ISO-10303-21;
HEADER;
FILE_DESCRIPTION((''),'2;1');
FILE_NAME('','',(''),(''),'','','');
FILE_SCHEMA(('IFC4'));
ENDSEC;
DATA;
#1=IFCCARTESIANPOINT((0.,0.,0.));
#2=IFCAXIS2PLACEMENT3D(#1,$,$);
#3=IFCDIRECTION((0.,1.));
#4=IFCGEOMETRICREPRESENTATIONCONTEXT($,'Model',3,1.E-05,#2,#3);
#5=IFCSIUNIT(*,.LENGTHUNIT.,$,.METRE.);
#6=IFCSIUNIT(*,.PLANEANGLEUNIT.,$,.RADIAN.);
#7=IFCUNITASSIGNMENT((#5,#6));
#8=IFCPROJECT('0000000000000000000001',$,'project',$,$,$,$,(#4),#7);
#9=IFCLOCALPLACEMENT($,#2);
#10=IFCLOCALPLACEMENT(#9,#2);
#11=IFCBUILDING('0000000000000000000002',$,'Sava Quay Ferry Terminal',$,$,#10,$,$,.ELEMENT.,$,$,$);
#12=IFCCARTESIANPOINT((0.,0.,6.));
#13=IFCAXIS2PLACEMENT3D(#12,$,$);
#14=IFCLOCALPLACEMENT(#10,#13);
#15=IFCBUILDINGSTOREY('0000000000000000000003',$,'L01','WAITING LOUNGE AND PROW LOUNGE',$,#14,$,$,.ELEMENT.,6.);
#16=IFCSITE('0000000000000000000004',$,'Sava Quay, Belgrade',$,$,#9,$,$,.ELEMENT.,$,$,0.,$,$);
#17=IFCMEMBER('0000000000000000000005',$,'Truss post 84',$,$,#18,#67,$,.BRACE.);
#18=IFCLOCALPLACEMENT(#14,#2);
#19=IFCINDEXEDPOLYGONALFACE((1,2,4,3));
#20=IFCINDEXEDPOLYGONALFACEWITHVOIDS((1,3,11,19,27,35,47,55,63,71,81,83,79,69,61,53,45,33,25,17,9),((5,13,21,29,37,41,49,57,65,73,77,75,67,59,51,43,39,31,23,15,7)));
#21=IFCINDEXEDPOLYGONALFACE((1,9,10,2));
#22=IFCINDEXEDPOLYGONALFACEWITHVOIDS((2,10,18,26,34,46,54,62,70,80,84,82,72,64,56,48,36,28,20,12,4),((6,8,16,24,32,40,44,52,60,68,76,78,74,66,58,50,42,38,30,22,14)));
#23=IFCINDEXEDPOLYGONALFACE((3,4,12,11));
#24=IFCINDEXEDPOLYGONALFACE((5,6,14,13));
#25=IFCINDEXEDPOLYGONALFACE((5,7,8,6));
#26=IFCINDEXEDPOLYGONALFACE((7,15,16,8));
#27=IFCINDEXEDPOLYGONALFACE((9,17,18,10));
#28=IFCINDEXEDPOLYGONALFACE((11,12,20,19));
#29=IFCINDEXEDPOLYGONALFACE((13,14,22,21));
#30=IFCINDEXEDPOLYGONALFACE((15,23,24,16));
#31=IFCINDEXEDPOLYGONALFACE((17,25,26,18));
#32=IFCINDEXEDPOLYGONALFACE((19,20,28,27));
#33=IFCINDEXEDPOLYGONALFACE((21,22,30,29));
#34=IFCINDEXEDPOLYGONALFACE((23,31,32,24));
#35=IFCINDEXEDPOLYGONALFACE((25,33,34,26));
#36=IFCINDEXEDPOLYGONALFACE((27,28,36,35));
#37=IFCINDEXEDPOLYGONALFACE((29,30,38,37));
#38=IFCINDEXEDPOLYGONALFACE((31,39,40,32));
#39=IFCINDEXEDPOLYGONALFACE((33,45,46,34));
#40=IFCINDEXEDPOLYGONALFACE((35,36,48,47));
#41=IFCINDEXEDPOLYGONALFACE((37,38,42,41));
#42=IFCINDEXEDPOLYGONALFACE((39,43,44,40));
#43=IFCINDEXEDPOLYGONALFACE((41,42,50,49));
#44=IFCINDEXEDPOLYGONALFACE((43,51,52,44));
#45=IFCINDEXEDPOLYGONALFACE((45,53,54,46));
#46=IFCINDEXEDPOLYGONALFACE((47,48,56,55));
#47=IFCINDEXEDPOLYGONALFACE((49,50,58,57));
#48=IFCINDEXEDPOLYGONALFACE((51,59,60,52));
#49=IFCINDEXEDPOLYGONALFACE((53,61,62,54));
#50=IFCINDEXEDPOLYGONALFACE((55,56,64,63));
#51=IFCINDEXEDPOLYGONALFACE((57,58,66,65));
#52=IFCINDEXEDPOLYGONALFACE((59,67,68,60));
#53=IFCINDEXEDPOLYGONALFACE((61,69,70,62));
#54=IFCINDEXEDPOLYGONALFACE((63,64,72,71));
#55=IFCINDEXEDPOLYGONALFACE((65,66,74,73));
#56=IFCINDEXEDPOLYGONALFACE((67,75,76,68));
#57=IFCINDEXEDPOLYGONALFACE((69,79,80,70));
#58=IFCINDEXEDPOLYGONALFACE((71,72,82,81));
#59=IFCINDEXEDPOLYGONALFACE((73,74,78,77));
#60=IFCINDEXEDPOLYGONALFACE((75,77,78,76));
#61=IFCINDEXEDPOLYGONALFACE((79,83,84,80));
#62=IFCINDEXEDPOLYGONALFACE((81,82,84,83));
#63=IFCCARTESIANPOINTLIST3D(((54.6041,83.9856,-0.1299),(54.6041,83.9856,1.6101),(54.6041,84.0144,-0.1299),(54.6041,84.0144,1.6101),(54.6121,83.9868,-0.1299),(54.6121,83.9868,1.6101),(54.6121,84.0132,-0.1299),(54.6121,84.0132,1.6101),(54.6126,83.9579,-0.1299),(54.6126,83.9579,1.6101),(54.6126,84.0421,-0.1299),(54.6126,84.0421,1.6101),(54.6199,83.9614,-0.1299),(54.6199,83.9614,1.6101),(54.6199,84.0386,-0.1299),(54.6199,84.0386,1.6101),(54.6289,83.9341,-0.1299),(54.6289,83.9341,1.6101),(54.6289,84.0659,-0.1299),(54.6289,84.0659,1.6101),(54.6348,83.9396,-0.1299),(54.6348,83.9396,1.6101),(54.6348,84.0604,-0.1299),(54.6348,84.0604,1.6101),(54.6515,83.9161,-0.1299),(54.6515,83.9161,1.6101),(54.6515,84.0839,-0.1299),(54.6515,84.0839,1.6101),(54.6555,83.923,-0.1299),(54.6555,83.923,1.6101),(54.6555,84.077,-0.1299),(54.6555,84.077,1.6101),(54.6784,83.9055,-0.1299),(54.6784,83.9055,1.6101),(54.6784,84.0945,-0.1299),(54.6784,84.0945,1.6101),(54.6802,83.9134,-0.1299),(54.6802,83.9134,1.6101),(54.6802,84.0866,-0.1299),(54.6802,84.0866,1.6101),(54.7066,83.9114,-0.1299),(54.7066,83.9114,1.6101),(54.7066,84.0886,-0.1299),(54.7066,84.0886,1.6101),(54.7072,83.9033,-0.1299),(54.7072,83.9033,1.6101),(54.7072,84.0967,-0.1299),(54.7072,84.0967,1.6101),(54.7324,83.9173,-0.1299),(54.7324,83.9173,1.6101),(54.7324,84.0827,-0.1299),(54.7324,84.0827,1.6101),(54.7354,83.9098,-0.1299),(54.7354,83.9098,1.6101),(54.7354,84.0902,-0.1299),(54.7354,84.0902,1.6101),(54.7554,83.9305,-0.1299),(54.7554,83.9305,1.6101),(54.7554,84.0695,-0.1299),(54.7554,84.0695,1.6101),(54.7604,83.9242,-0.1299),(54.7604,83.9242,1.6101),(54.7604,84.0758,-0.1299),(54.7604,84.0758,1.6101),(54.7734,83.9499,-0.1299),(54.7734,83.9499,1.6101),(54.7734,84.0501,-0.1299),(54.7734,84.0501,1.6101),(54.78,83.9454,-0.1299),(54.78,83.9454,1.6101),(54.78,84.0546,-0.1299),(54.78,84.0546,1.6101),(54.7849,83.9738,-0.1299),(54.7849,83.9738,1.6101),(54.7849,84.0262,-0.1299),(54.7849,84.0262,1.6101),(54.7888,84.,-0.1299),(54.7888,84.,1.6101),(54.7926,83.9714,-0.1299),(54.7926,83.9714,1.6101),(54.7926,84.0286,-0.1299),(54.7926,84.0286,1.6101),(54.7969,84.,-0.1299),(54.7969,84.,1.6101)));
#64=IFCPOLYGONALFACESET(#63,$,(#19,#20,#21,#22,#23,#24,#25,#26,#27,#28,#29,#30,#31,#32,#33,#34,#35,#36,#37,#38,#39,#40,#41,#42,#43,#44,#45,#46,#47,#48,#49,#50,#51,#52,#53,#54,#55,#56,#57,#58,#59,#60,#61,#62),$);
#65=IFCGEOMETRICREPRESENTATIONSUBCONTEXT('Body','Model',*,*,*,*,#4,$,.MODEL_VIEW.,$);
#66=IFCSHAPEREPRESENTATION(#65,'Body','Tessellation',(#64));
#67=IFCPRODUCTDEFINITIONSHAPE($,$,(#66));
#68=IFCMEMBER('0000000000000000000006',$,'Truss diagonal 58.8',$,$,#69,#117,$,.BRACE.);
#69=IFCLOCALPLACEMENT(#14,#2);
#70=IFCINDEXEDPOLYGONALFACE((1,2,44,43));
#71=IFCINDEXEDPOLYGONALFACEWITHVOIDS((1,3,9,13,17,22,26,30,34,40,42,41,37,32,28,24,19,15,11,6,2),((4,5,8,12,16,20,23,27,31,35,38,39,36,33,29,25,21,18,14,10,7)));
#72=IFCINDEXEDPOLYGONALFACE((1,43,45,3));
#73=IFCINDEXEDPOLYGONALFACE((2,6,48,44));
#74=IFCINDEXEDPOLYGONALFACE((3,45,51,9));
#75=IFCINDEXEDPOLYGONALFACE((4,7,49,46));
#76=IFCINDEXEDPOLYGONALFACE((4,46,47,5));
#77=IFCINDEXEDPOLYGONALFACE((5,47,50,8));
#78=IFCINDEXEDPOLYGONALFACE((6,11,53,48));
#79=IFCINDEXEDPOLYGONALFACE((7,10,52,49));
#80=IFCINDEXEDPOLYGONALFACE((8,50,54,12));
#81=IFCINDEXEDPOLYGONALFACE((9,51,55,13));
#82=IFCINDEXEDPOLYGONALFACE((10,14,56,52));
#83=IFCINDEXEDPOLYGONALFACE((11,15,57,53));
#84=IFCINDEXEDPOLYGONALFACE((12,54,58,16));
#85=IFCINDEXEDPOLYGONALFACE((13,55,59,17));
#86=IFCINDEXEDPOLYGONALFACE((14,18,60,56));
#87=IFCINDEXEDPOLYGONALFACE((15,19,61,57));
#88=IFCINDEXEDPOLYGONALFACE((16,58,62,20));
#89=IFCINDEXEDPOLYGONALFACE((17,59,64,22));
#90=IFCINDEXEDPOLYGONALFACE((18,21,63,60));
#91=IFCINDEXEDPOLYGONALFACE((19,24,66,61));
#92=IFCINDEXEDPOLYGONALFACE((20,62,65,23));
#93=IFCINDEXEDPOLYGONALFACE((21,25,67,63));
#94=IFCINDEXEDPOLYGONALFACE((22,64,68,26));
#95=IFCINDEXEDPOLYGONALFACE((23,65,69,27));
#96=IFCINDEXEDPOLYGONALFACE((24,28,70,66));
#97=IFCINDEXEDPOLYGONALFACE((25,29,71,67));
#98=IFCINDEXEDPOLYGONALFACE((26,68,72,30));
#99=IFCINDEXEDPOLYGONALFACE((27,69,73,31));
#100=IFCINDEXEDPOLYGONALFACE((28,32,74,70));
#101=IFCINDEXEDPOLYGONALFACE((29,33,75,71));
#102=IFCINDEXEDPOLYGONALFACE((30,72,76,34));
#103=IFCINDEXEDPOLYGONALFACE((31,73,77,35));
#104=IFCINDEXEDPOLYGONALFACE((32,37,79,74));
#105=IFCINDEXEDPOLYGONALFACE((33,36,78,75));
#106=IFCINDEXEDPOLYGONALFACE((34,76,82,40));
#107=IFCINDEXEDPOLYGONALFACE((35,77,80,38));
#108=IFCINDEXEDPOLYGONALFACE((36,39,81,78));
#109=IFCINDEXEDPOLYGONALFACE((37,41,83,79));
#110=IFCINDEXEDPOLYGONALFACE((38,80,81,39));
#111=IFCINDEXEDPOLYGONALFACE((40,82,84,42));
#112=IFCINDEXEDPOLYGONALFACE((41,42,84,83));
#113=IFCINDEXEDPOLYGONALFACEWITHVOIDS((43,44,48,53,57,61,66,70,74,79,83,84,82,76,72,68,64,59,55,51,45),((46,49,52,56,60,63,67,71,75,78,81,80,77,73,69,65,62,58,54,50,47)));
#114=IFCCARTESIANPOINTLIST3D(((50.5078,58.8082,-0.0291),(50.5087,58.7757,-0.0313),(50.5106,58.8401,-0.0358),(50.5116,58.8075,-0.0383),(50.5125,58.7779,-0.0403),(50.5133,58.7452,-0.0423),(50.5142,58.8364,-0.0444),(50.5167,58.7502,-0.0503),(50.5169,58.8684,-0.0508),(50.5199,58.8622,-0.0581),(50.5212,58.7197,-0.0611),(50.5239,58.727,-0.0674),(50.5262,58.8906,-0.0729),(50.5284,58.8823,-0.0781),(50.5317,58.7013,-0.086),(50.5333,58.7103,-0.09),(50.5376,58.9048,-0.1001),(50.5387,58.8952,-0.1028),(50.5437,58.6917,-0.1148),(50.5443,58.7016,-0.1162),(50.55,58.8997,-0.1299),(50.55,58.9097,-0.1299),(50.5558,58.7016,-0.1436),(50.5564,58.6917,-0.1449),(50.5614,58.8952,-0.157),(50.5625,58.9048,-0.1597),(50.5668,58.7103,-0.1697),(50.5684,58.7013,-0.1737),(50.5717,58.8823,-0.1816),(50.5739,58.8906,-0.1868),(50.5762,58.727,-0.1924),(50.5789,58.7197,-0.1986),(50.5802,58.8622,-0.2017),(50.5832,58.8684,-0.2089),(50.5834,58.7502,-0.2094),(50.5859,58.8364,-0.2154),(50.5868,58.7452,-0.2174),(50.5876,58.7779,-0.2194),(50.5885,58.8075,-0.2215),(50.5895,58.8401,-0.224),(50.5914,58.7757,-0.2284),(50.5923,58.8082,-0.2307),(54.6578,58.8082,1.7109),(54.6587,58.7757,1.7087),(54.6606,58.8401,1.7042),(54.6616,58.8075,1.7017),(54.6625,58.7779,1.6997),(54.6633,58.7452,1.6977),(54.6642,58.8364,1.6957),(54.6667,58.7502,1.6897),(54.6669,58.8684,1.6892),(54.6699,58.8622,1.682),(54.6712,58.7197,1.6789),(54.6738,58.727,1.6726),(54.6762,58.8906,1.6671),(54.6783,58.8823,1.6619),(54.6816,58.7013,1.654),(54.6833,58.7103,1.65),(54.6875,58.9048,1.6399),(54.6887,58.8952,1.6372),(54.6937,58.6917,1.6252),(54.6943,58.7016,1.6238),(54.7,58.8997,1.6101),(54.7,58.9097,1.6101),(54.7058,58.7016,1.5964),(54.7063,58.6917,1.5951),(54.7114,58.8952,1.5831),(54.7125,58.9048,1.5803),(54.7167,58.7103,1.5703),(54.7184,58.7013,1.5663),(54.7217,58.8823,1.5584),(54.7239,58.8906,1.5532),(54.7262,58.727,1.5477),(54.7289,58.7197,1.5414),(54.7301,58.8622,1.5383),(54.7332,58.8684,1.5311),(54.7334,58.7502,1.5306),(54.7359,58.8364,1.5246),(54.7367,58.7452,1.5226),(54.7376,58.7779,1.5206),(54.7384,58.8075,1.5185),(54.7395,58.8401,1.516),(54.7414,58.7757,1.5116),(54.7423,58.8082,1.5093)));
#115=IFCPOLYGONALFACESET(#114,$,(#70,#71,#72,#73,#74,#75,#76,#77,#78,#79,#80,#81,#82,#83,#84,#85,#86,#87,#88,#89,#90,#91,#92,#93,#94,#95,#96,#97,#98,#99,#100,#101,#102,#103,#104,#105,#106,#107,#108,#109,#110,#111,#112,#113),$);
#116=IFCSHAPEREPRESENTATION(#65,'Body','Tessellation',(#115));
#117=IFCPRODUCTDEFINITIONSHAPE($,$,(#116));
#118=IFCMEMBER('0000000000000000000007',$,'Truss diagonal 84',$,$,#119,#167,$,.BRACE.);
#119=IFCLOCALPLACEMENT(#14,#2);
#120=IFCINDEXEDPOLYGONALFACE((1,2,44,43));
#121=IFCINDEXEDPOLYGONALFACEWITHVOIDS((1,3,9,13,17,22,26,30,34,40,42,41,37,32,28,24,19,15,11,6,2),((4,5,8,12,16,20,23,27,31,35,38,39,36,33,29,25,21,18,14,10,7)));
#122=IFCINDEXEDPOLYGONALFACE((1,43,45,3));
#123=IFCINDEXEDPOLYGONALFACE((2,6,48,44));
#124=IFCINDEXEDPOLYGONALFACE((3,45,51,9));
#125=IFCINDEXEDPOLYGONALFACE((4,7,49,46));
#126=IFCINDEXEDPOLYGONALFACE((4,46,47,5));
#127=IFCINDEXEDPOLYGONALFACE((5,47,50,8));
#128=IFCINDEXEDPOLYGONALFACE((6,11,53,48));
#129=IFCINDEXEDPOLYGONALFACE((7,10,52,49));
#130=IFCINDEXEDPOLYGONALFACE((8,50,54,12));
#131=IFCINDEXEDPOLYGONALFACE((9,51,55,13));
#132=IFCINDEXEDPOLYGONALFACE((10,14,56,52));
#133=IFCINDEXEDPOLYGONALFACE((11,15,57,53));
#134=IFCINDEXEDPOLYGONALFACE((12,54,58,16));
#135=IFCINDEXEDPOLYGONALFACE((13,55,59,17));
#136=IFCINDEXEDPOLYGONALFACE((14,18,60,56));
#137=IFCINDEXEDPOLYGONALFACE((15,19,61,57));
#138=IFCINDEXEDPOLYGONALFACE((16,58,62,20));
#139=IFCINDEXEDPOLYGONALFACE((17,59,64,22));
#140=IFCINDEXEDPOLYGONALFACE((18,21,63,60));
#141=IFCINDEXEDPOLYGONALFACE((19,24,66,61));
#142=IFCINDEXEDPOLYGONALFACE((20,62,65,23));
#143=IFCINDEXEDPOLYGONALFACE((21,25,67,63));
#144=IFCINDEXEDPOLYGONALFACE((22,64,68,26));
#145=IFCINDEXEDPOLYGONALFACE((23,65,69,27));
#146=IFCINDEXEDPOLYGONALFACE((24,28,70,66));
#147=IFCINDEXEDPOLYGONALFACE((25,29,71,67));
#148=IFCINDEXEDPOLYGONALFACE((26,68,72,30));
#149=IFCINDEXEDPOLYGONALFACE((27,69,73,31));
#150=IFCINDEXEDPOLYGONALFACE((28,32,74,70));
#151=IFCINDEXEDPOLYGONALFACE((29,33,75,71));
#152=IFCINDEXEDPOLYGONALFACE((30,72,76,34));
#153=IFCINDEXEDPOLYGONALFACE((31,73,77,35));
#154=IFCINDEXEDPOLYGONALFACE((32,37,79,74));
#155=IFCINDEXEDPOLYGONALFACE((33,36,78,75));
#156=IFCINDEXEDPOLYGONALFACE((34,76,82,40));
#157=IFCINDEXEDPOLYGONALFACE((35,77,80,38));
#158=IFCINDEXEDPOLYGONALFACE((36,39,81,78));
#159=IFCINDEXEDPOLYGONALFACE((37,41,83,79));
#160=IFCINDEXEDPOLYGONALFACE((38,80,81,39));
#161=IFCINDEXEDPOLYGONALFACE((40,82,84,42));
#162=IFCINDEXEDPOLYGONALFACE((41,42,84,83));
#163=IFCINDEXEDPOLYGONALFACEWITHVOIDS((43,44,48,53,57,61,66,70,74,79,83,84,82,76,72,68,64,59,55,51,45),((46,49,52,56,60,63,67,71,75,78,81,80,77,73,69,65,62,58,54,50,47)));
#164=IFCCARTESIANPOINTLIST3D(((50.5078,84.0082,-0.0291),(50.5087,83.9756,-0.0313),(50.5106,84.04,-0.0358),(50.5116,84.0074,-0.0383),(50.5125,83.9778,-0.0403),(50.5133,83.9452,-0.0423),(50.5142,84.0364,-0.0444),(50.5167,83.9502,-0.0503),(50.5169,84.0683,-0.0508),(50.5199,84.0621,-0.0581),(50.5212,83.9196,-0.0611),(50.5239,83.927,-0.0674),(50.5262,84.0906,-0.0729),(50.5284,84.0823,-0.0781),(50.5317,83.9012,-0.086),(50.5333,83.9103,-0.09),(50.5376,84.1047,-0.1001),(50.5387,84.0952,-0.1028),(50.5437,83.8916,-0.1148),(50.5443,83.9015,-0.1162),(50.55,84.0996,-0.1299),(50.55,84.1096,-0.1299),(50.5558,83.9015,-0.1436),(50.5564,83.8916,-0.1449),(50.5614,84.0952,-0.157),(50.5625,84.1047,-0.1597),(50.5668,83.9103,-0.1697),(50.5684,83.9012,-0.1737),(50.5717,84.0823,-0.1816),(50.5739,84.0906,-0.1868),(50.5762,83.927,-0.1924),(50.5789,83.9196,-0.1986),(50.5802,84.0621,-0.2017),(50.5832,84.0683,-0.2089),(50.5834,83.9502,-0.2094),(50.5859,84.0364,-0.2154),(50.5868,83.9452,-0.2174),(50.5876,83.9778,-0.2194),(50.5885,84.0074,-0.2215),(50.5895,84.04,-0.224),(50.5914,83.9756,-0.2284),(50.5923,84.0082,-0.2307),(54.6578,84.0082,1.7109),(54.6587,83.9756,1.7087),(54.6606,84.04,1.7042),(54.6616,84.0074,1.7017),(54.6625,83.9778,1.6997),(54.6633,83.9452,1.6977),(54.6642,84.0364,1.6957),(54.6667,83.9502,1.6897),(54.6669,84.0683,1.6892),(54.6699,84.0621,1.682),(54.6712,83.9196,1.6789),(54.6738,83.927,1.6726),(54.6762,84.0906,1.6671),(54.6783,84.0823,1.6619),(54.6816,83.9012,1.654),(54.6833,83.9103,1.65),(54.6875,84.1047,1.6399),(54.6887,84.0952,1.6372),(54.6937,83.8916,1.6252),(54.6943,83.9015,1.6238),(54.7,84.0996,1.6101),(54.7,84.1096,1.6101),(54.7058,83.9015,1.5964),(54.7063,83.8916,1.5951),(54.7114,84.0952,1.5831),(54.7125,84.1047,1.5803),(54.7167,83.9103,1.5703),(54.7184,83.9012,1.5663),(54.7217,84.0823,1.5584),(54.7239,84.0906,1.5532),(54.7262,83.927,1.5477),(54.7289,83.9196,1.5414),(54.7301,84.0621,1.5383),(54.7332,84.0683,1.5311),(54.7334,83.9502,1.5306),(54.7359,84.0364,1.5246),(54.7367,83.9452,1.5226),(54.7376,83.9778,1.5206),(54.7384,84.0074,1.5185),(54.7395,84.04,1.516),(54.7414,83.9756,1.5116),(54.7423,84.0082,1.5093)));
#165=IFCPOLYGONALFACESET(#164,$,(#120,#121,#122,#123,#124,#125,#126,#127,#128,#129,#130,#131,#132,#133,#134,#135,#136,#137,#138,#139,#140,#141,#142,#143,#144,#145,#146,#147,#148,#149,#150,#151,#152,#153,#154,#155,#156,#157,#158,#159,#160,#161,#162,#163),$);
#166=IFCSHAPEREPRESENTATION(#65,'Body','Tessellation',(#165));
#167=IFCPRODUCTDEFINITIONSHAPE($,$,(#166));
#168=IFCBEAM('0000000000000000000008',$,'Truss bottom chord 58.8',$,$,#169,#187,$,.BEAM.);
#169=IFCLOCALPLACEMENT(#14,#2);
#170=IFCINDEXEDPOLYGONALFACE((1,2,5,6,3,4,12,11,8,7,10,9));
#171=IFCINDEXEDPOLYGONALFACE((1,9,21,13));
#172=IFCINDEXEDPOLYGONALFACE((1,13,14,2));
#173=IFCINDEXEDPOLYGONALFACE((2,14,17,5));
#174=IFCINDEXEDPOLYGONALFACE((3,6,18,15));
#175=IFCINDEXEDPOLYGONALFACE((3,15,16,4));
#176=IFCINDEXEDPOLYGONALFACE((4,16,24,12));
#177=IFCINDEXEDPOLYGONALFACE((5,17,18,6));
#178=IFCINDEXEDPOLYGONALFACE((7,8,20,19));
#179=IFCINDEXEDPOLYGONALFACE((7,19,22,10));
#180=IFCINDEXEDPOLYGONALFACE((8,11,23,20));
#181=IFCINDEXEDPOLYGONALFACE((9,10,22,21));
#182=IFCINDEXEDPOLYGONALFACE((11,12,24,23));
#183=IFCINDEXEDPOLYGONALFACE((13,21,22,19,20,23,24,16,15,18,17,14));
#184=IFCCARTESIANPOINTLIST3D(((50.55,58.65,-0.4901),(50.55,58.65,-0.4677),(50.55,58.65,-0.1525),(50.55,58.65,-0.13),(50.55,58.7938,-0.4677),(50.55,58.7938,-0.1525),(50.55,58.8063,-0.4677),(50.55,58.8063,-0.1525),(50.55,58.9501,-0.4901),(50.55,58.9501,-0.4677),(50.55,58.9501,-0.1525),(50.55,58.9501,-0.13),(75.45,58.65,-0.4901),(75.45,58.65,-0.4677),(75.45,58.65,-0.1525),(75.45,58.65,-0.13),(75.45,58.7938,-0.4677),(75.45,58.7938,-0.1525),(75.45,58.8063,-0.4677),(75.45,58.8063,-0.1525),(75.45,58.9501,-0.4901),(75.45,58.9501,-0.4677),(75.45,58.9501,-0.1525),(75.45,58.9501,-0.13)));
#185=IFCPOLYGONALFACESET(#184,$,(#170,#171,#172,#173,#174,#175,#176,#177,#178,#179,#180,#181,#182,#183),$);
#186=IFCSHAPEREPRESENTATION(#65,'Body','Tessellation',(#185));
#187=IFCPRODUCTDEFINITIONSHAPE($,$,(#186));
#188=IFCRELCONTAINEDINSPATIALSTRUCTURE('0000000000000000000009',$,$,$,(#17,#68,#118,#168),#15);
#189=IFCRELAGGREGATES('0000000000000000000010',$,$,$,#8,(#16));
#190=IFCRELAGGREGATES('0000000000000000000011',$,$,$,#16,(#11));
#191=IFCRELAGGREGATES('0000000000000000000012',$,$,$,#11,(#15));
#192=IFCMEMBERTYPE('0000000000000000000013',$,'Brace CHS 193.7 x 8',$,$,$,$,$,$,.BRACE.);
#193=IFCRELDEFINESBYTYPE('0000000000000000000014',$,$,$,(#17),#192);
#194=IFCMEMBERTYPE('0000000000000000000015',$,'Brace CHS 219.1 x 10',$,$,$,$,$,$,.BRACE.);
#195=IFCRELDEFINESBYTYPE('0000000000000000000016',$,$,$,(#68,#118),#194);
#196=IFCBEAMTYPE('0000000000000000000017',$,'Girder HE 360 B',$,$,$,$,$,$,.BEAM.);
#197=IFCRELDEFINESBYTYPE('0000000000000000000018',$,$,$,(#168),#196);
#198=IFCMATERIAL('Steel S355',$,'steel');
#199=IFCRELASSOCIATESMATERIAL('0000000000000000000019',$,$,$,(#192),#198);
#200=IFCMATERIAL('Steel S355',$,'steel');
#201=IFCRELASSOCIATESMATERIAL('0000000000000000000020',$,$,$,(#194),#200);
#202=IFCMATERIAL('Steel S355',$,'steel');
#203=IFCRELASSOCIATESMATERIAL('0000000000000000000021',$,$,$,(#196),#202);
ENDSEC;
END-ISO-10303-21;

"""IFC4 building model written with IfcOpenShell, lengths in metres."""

from ifc_helpers import new_model, si_unit, direction, frame, origin, origin_2d, place, context, subcontext, project, spatial, hollow_circle, i_section, extrude, material, material_profile, profile_set, type_object, element, save


model = new_model("IFC4")

# Units and contexts
model_context = context("Model", 3, precision=1e-05, world=origin(), true_north=direction((0.0, 1.0)))
body_context = subcontext(model_context, "Body", "Model", "MODEL_VIEW")
ifc_project = project(units=[si_unit("LENGTHUNIT", "METRE"), si_unit("PLANEANGLEUNIT", "RADIAN")], contexts=[model_context])

# Site, building, storey
site_placement = place(None, origin())
site = spatial("IfcSite", under=ifc_project, at=site_placement, Name="Sava Quay, Belgrade", CompositionType="ELEMENT", RefElevation=0.0)
building_placement = place(site_placement, origin())
building = spatial("IfcBuilding", under=site, at=building_placement, Name="Sava Quay Ferry Terminal", CompositionType="ELEMENT")
storey_placement = place(building_placement, frame((0.0, 0.0, 6.0)))
storey = spatial("IfcBuildingStorey", under=building, at=storey_placement, Name="L01", Description="WAITING LOUNGE AND PROW LOUNGE", CompositionType="ELEMENT", Elevation=6.0)

# Members
ifc_material_1 = material(Name="Steel S355", Category="steel")
ifc_material_profile_1 = material_profile(ifc_material_1, hollow_circle(Radius=0.0969, WallThickness=0.0081, at=origin_2d()), Name="CHS 193.7 x 8")
ifc_profile_set_1 = profile_set([ifc_material_profile_1], Name="Steel S355")
member_type_1 = type_object("IfcMemberType", Name="Brace CHS 193.7 x 8", PredefinedType="BRACE", material=ifc_profile_set_1)
for number, where, z_axis, x_axis, name in (
    (1, (54.7, 84.0, -0.1299), (0.0, 0.0, 1.0), (1.0, 0.0, 0.0), "Truss post 84"),
):
    element("IfcMember", number, at=place(storey_placement, frame(where, z_axis=z_axis, x_axis=x_axis)), inside=storey, type_object=member_type_1, Name=name, PredefinedType="BRACE", context=body_context, shape_type="SweptSolid", body=[
        extrude(hollow_circle(Radius=0.0969, WallThickness=0.0081, at=origin_2d()), origin(), (0.0, 0.0, 1.0), 1.74),
    ])
ifc_material_2 = material(Name="Steel S355", Category="steel")
ifc_material_profile_2 = material_profile(ifc_material_2, hollow_circle(Radius=0.1096, WallThickness=0.01, at=origin_2d()), Name="CHS 219.1 x 10")
ifc_profile_set_2 = profile_set([ifc_material_profile_2], Name="Steel S355")
member_type_2 = type_object("IfcMemberType", Name="Brace CHS 219.1 x 10", PredefinedType="BRACE", material=ifc_profile_set_2)
for number, where, z_axis, x_axis, name in (
    (2, (50.55, 58.8, -0.1299), (0.922217, 0.0, 0.386672), (0.0, 1.0, 0.0), "Truss diagonal 58.8"),
    (3, (50.55, 84.0, -0.1299), (0.922217, 0.0, 0.386672), (0.0, 1.0, 0.0), "Truss diagonal 84"),
):
    element("IfcMember", number, at=place(storey_placement, frame(where, z_axis=z_axis, x_axis=x_axis)), inside=storey, type_object=member_type_2, Name=name, PredefinedType="BRACE", context=body_context, shape_type="SweptSolid", body=[
        extrude(hollow_circle(Radius=0.1096, WallThickness=0.01, at=origin_2d()), origin(), (0.0, 0.0, 1.0), 4.5),
    ])

# Beam
ifc_material_3 = material(Name="Steel S355", Category="steel")
ifc_material_profile_3 = material_profile(ifc_material_3, i_section(OverallWidth=0.3, OverallDepth=0.3601, WebThickness=0.0125, FlangeThickness=0.0225, at=origin_2d()), Name="HE 360 B")
ifc_profile_set_3 = profile_set([ifc_material_profile_3], Name="Steel S355")
beam_type_1 = type_object("IfcBeamType", Name="Girder HE 360 B", PredefinedType="BEAM", material=ifc_profile_set_3)
for number, where, z_axis, x_axis, name in (
    (4, (50.55, 58.8, -0.3101), (1.0, 0.0, 0.0), (0.0, 1.0, 0.0), "Truss bottom chord 58.8"),
):
    element("IfcBeam", number, at=place(storey_placement, frame(where, z_axis=z_axis, x_axis=x_axis)), inside=storey, type_object=beam_type_1, Name=name, PredefinedType="BEAM", context=body_context, shape_type="SweptSolid", body=[
        extrude(i_section(OverallWidth=0.3, OverallDepth=0.3601, WebThickness=0.0125, FlangeThickness=0.0225, at=origin_2d()), origin(), (0.0, 0.0, 1.0), 24.8999),
    ])

save(model, "model.ifc")
